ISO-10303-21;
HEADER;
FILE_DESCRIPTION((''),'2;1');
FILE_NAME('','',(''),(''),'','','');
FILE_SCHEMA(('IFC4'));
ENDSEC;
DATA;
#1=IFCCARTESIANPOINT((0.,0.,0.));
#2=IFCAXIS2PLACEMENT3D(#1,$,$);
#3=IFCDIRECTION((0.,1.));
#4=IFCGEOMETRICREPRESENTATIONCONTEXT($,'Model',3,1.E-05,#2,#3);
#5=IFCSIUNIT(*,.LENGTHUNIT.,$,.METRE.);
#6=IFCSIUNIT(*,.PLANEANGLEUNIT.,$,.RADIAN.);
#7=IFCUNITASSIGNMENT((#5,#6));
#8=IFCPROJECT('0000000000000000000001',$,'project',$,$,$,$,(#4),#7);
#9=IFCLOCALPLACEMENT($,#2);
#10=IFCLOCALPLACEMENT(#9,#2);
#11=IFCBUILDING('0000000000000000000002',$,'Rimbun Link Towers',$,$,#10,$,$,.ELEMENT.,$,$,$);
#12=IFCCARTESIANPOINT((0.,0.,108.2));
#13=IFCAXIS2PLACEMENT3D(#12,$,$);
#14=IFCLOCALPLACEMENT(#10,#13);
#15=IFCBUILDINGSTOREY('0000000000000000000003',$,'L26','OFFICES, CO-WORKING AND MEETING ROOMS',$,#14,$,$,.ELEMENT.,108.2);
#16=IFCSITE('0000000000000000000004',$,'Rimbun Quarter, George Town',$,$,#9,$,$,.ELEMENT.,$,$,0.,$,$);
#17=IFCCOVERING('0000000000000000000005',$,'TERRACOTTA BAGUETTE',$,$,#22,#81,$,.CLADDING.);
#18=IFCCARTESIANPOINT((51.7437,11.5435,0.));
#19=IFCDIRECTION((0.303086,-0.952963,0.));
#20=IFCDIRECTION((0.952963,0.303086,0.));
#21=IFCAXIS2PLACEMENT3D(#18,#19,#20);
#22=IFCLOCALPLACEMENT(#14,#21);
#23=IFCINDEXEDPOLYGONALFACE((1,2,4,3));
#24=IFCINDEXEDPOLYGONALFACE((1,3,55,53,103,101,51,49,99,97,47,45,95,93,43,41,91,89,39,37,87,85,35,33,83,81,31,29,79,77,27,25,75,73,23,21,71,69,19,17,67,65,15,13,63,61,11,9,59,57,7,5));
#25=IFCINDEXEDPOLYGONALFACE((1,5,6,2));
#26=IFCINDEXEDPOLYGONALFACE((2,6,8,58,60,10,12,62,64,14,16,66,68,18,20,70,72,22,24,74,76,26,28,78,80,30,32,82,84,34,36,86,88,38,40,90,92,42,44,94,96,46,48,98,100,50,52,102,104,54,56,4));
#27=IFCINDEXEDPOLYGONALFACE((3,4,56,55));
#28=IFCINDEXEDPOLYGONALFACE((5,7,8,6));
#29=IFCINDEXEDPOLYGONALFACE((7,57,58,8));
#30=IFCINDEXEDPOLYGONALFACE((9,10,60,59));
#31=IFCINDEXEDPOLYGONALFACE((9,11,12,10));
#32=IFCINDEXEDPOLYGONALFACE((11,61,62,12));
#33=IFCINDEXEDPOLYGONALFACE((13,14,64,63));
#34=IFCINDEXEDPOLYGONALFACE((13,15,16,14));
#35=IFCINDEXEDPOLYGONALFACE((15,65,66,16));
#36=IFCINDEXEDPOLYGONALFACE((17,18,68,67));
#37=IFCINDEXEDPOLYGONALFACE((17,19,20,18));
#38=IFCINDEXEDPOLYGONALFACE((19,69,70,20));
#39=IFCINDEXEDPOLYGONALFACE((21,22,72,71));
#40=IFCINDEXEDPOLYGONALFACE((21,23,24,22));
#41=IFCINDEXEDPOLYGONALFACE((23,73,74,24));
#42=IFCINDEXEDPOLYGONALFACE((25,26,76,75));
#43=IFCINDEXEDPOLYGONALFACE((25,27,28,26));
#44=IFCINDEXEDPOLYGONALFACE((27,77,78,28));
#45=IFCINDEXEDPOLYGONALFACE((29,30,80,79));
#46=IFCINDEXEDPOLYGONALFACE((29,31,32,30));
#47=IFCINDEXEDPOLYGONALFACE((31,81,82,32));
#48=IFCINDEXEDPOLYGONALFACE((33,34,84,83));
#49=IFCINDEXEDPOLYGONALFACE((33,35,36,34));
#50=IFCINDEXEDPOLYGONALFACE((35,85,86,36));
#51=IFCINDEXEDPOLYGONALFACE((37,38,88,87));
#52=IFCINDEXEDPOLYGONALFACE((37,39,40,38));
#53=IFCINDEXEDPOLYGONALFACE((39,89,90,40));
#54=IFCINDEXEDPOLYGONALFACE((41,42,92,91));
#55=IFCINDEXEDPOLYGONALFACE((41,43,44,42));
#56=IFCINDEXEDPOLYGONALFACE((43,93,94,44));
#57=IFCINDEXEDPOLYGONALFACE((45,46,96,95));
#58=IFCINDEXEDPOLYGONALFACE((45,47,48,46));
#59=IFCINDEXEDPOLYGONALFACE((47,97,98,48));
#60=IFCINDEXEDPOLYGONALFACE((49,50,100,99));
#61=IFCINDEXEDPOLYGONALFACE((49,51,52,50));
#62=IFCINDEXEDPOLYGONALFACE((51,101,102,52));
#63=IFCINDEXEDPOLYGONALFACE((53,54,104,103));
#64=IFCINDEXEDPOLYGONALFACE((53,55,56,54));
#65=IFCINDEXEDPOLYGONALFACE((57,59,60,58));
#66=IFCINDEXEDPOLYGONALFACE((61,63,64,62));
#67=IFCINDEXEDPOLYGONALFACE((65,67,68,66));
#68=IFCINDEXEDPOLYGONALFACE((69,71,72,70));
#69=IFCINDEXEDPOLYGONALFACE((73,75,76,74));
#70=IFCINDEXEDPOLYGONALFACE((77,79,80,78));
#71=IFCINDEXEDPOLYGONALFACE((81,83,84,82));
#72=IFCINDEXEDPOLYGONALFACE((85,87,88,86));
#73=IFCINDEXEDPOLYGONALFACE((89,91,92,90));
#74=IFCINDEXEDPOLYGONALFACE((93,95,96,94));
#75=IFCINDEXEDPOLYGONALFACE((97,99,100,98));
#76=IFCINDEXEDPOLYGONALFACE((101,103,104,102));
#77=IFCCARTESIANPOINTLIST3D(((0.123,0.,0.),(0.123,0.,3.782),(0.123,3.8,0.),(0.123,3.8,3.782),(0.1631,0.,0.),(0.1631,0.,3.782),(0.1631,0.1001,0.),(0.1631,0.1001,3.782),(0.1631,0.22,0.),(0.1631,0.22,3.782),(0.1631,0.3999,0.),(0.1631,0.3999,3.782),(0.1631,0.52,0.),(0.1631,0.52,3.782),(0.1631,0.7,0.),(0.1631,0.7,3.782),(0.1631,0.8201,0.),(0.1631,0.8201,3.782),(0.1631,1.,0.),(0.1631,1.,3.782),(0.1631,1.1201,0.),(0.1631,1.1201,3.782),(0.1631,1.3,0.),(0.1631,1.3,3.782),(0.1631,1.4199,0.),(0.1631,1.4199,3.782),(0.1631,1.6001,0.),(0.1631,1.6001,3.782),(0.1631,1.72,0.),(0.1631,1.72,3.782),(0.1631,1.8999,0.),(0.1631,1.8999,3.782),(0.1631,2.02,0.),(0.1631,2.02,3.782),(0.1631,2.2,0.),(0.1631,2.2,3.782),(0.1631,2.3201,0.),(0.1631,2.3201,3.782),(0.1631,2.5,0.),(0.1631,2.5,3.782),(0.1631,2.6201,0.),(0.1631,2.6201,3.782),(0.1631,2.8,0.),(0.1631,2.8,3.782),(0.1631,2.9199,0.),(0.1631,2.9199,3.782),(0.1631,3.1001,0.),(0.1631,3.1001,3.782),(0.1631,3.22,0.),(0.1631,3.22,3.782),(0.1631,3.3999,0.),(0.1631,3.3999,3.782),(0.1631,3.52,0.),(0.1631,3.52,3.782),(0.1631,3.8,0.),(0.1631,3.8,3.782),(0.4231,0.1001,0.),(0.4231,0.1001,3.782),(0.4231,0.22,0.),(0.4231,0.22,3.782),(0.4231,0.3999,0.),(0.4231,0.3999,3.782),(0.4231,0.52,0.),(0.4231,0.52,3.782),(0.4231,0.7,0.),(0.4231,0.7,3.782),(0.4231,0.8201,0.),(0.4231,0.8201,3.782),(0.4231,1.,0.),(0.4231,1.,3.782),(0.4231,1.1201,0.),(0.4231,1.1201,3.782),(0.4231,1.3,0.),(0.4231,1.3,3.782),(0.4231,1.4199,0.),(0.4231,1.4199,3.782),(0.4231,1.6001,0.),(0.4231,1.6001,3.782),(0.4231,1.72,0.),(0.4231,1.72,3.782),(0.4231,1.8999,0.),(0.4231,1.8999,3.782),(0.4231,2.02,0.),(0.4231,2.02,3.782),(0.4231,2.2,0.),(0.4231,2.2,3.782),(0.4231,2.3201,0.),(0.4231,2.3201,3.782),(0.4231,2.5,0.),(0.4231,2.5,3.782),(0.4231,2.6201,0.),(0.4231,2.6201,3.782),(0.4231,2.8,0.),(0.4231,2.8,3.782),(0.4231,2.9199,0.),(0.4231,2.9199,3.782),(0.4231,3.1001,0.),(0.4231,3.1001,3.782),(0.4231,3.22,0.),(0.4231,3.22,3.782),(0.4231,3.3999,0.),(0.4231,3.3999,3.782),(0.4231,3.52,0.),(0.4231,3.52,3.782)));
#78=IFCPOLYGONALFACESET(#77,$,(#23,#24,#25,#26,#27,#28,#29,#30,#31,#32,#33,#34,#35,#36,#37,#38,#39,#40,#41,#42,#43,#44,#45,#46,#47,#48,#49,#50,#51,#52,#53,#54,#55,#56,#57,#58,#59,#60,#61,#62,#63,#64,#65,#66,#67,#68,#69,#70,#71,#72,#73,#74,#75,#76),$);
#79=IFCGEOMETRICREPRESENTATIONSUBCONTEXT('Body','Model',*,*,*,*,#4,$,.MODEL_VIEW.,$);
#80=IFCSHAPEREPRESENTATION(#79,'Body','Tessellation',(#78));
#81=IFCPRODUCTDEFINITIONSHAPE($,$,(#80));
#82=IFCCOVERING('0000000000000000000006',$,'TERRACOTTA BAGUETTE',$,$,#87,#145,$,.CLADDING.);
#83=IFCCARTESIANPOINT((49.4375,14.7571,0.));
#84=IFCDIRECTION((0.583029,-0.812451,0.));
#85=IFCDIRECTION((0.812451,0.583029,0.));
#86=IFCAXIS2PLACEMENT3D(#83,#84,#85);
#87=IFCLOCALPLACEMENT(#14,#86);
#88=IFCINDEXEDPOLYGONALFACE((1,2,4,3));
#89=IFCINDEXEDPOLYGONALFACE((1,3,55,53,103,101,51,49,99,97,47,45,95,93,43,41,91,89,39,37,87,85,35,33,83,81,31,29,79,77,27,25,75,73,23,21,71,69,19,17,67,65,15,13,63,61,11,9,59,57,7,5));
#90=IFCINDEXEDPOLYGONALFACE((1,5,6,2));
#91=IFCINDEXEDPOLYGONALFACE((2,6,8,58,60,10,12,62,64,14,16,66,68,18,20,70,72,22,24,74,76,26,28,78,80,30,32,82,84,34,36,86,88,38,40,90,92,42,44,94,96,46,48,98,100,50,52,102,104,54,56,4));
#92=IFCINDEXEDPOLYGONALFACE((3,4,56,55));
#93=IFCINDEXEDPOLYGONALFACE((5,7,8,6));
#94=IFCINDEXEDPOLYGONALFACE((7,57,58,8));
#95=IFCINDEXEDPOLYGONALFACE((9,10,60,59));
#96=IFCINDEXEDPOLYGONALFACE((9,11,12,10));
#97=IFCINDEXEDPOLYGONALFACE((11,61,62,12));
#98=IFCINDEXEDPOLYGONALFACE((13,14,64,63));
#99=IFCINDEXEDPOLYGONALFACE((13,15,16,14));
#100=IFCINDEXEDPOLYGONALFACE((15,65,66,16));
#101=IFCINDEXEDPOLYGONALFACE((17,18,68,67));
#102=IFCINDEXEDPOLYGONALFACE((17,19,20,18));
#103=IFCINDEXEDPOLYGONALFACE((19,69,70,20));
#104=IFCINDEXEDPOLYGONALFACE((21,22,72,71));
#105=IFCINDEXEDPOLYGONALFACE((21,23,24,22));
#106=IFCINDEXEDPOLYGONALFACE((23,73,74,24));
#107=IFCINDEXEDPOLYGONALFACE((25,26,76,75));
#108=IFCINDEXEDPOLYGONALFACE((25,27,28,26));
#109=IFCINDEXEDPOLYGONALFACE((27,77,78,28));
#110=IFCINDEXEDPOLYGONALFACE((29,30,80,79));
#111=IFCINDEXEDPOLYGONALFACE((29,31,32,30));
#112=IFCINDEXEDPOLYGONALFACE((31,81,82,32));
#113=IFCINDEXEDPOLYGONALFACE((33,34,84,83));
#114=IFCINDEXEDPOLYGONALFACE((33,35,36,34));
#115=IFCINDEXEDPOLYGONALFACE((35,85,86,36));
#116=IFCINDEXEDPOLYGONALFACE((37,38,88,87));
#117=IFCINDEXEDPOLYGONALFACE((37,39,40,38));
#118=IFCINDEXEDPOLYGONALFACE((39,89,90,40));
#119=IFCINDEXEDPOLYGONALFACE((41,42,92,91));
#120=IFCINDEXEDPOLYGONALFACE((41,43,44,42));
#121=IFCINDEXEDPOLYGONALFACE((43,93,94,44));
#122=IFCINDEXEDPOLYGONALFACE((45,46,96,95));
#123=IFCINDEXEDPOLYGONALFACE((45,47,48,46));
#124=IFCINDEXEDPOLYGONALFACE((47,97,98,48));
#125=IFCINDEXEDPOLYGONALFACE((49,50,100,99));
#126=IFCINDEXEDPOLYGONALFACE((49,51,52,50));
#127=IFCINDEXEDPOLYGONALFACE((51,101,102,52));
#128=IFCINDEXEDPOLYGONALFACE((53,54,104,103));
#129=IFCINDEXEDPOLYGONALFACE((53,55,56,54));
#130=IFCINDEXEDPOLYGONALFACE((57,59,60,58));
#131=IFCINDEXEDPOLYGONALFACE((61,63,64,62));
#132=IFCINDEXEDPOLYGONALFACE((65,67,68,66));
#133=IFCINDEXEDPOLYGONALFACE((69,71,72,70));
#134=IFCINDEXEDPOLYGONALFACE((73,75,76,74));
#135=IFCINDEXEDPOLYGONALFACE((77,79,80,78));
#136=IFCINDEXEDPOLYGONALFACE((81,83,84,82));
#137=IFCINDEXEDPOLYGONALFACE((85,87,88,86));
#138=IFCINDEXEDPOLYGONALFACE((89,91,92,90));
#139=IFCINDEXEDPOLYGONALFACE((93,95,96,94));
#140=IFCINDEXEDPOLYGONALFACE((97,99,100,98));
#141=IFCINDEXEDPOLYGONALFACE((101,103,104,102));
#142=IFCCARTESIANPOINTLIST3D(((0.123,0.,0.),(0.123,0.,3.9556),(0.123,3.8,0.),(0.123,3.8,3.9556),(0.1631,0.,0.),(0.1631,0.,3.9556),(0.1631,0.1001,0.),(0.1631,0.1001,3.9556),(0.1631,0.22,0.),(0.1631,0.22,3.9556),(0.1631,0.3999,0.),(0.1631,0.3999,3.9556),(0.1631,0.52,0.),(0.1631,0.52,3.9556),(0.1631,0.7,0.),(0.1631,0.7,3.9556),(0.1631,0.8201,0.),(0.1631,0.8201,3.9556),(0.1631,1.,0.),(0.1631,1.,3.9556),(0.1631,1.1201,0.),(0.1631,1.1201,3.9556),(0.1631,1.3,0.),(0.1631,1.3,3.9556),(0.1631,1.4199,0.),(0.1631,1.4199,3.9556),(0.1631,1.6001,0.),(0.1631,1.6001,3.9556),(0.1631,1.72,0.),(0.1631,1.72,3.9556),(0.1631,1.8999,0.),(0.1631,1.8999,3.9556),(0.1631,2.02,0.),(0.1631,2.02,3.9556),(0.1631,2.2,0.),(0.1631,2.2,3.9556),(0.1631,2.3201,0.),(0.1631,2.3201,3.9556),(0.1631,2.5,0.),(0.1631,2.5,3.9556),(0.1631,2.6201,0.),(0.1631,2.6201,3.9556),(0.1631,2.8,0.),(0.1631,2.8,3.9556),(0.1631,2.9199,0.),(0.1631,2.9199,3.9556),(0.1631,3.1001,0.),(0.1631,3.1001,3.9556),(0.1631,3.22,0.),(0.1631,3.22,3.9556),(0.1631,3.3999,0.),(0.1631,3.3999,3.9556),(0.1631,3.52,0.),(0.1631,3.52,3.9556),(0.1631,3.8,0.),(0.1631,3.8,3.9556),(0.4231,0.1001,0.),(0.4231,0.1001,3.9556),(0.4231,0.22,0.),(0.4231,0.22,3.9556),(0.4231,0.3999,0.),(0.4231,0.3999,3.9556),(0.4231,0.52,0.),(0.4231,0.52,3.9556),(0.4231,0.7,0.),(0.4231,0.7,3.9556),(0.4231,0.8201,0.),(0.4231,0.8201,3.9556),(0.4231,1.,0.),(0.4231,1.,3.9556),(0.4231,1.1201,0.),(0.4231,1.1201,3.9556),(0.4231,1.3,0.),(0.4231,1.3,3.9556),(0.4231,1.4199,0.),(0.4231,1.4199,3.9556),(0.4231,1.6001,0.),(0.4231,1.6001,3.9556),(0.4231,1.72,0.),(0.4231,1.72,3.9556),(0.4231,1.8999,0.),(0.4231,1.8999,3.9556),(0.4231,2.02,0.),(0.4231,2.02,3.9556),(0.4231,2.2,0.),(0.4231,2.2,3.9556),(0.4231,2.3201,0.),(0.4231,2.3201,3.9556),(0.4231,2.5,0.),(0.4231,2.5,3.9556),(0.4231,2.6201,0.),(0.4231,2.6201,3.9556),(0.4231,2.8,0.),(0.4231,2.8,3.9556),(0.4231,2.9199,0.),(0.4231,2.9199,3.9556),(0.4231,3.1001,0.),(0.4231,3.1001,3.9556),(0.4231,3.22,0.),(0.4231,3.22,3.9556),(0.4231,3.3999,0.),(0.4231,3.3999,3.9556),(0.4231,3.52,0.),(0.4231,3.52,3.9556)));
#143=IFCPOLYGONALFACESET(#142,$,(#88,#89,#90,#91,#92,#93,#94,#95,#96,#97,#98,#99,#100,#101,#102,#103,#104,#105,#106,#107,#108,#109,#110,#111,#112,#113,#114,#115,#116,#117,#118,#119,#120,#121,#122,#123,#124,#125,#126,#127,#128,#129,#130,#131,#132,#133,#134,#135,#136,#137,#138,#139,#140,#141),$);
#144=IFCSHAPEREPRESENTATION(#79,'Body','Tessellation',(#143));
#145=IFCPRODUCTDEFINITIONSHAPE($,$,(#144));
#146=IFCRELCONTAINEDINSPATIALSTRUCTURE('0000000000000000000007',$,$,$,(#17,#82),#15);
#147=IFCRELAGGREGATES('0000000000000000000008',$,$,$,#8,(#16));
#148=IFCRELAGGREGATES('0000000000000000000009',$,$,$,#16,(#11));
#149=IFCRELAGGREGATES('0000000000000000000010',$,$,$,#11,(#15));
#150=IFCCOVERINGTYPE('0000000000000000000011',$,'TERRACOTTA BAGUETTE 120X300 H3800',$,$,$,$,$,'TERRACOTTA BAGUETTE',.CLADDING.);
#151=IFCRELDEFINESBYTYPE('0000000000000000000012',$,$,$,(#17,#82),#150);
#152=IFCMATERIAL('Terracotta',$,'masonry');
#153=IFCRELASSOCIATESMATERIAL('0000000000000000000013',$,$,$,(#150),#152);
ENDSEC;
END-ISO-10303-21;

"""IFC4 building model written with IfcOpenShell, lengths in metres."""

from ifc_helpers import new_model, si_unit, direction, frame, origin, place, context, subcontext, project, spatial, polyline, outline, extrude, material, material_profile, profile_set, type_object, element, save


model = new_model("IFC4")

# Units and contexts
model_context = context("Model", 3, precision=1e-05, world=origin(), true_north=direction((0.0, 1.0)))
body_context = subcontext(model_context, "Body", "Model", "MODEL_VIEW")
ifc_project = project(units=[si_unit("LENGTHUNIT", "METRE"), si_unit("PLANEANGLEUNIT", "RADIAN")], contexts=[model_context])

# Site, building, storey
site_placement = place(None, origin())
site = spatial("IfcSite", under=ifc_project, at=site_placement, Name="Rimbun Quarter, George Town", CompositionType="ELEMENT", RefElevation=0.0)
building_placement = place(site_placement, origin())
building = spatial("IfcBuilding", under=site, at=building_placement, Name="Rimbun Link Towers", CompositionType="ELEMENT")
storey_placement = place(building_placement, frame((0.0, 0.0, 108.2)))
storey = spatial("IfcBuildingStorey", under=building, at=storey_placement, Name="L26", Description="OFFICES, CO-WORKING AND MEETING ROOMS", CompositionType="ELEMENT", Elevation=108.2)

# Coverings
ifc_material_1 = material(Name="Terracotta", Category="masonry")
ifc_material_profile_1 = material_profile(ifc_material_1, outline(polyline([(0.123, 0.0), (0.1631, 0.0), (0.1631, 0.1001), (0.4231, 0.1001), (0.4231, 0.22), (0.1631, 0.22), (0.1631, 0.3999), (0.4231, 0.3999), (0.4231, 0.52), (0.1631, 0.52), (0.1631, 0.7), (0.4231, 0.7), (0.4231, 0.8201), (0.1631, 0.8201), (0.1631, 1.0), (0.4231, 1.0), (0.4231, 1.1201), (0.1631, 1.1201), (0.1631, 1.3), (0.4231, 1.3), (0.4231, 1.4199), (0.1631, 1.4199), (0.1631, 1.6001), (0.4231, 1.6001), (0.4231, 1.72), (0.1631, 1.72), (0.1631, 1.8999), (0.4231, 1.8999), (0.4231, 2.02), (0.1631, 2.02), (0.1631, 2.2), (0.4231, 2.2), (0.4231, 2.3201), (0.1631, 2.3201), (0.1631, 2.5), (0.4231, 2.5), (0.4231, 2.6201), (0.1631, 2.6201), (0.1631, 2.8), (0.4231, 2.8), (0.4231, 2.9199), (0.1631, 2.9199), (0.1631, 3.1001), (0.4231, 3.1001), (0.4231, 3.22), (0.1631, 3.22), (0.1631, 3.3999), (0.4231, 3.3999), (0.4231, 3.52), (0.1631, 3.52), (0.1631, 3.8), (0.123, 3.8), (0.123, 0.0)])), Name="BAGUETTE 120X300")
ifc_profile_set_1 = profile_set([ifc_material_profile_1], Name="Terracotta")
covering_type = type_object("IfcCoveringType", Name="TERRACOTTA BAGUETTE 120X300 H3800", ElementType="TERRACOTTA BAGUETTE", PredefinedType="CLADDING", material=ifc_profile_set_1)
covering_1_placement = place(storey_placement, frame((51.7437, 11.5435, 0.0), z_axis=(0.303086, -0.952963, 0.0), x_axis=(0.952963, 0.303086, 0.0)))
element("IfcCovering", 1, at=covering_1_placement, inside=storey, type_object=covering_type, Name="TERRACOTTA BAGUETTE", PredefinedType="CLADDING", context=body_context, shape_type="SweptSolid", body=[
    extrude(outline(polyline([(0.123, 0.0), (0.1631, 0.0), (0.1631, 0.1001), (0.4231, 0.1001), (0.4231, 0.22), (0.1631, 0.22), (0.1631, 0.3999), (0.4231, 0.3999), (0.4231, 0.52), (0.1631, 0.52), (0.1631, 0.7), (0.4231, 0.7), (0.4231, 0.8201), (0.1631, 0.8201), (0.1631, 1.0), (0.4231, 1.0), (0.4231, 1.1201), (0.1631, 1.1201), (0.1631, 1.3), (0.4231, 1.3), (0.4231, 1.4199), (0.1631, 1.4199), (0.1631, 1.6001), (0.4231, 1.6001), (0.4231, 1.72), (0.1631, 1.72), (0.1631, 1.8999), (0.4231, 1.8999), (0.4231, 2.02), (0.1631, 2.02), (0.1631, 2.2), (0.4231, 2.2), (0.4231, 2.3201), (0.1631, 2.3201), (0.1631, 2.5), (0.4231, 2.5), (0.4231, 2.6201), (0.1631, 2.6201), (0.1631, 2.8), (0.4231, 2.8), (0.4231, 2.9199), (0.1631, 2.9199), (0.1631, 3.1001), (0.4231, 3.1001), (0.4231, 3.22), (0.1631, 3.22), (0.1631, 3.3999), (0.4231, 3.3999), (0.4231, 3.52), (0.1631, 3.52), (0.1631, 3.8), (0.123, 3.8), (0.123, 0.0)])), origin(), (0.0, 0.0, 1.0), 3.782),
])
covering_2_placement = place(storey_placement, frame((49.4375, 14.7571, 0.0), z_axis=(0.583029, -0.812451, 0.0), x_axis=(0.812451, 0.583029, 0.0)))
element("IfcCovering", 2, at=covering_2_placement, inside=storey, type_object=covering_type, Name="TERRACOTTA BAGUETTE", PredefinedType="CLADDING", context=body_context, shape_type="SweptSolid", body=[
    extrude(outline(polyline([(0.123, 0.0), (0.1631, 0.0), (0.1631, 0.1001), (0.4231, 0.1001), (0.4231, 0.22), (0.1631, 0.22), (0.1631, 0.3999), (0.4231, 0.3999), (0.4231, 0.52), (0.1631, 0.52), (0.1631, 0.7), (0.4231, 0.7), (0.4231, 0.8201), (0.1631, 0.8201), (0.1631, 1.0), (0.4231, 1.0), (0.4231, 1.1201), (0.1631, 1.1201), (0.1631, 1.3), (0.4231, 1.3), (0.4231, 1.4199), (0.1631, 1.4199), (0.1631, 1.6001), (0.4231, 1.6001), (0.4231, 1.72), (0.1631, 1.72), (0.1631, 1.8999), (0.4231, 1.8999), (0.4231, 2.02), (0.1631, 2.02), (0.1631, 2.2), (0.4231, 2.2), (0.4231, 2.3201), (0.1631, 2.3201), (0.1631, 2.5), (0.4231, 2.5), (0.4231, 2.6201), (0.1631, 2.6201), (0.1631, 2.8), (0.4231, 2.8), (0.4231, 2.9199), (0.1631, 2.9199), (0.1631, 3.1001), (0.4231, 3.1001), (0.4231, 3.22), (0.1631, 3.22), (0.1631, 3.3999), (0.4231, 3.3999), (0.4231, 3.52), (0.1631, 3.52), (0.1631, 3.8), (0.123, 3.8), (0.123, 0.0)])), origin(), (0.0, 0.0, 1.0), 3.9556),
])

save(model, "model.ifc")
